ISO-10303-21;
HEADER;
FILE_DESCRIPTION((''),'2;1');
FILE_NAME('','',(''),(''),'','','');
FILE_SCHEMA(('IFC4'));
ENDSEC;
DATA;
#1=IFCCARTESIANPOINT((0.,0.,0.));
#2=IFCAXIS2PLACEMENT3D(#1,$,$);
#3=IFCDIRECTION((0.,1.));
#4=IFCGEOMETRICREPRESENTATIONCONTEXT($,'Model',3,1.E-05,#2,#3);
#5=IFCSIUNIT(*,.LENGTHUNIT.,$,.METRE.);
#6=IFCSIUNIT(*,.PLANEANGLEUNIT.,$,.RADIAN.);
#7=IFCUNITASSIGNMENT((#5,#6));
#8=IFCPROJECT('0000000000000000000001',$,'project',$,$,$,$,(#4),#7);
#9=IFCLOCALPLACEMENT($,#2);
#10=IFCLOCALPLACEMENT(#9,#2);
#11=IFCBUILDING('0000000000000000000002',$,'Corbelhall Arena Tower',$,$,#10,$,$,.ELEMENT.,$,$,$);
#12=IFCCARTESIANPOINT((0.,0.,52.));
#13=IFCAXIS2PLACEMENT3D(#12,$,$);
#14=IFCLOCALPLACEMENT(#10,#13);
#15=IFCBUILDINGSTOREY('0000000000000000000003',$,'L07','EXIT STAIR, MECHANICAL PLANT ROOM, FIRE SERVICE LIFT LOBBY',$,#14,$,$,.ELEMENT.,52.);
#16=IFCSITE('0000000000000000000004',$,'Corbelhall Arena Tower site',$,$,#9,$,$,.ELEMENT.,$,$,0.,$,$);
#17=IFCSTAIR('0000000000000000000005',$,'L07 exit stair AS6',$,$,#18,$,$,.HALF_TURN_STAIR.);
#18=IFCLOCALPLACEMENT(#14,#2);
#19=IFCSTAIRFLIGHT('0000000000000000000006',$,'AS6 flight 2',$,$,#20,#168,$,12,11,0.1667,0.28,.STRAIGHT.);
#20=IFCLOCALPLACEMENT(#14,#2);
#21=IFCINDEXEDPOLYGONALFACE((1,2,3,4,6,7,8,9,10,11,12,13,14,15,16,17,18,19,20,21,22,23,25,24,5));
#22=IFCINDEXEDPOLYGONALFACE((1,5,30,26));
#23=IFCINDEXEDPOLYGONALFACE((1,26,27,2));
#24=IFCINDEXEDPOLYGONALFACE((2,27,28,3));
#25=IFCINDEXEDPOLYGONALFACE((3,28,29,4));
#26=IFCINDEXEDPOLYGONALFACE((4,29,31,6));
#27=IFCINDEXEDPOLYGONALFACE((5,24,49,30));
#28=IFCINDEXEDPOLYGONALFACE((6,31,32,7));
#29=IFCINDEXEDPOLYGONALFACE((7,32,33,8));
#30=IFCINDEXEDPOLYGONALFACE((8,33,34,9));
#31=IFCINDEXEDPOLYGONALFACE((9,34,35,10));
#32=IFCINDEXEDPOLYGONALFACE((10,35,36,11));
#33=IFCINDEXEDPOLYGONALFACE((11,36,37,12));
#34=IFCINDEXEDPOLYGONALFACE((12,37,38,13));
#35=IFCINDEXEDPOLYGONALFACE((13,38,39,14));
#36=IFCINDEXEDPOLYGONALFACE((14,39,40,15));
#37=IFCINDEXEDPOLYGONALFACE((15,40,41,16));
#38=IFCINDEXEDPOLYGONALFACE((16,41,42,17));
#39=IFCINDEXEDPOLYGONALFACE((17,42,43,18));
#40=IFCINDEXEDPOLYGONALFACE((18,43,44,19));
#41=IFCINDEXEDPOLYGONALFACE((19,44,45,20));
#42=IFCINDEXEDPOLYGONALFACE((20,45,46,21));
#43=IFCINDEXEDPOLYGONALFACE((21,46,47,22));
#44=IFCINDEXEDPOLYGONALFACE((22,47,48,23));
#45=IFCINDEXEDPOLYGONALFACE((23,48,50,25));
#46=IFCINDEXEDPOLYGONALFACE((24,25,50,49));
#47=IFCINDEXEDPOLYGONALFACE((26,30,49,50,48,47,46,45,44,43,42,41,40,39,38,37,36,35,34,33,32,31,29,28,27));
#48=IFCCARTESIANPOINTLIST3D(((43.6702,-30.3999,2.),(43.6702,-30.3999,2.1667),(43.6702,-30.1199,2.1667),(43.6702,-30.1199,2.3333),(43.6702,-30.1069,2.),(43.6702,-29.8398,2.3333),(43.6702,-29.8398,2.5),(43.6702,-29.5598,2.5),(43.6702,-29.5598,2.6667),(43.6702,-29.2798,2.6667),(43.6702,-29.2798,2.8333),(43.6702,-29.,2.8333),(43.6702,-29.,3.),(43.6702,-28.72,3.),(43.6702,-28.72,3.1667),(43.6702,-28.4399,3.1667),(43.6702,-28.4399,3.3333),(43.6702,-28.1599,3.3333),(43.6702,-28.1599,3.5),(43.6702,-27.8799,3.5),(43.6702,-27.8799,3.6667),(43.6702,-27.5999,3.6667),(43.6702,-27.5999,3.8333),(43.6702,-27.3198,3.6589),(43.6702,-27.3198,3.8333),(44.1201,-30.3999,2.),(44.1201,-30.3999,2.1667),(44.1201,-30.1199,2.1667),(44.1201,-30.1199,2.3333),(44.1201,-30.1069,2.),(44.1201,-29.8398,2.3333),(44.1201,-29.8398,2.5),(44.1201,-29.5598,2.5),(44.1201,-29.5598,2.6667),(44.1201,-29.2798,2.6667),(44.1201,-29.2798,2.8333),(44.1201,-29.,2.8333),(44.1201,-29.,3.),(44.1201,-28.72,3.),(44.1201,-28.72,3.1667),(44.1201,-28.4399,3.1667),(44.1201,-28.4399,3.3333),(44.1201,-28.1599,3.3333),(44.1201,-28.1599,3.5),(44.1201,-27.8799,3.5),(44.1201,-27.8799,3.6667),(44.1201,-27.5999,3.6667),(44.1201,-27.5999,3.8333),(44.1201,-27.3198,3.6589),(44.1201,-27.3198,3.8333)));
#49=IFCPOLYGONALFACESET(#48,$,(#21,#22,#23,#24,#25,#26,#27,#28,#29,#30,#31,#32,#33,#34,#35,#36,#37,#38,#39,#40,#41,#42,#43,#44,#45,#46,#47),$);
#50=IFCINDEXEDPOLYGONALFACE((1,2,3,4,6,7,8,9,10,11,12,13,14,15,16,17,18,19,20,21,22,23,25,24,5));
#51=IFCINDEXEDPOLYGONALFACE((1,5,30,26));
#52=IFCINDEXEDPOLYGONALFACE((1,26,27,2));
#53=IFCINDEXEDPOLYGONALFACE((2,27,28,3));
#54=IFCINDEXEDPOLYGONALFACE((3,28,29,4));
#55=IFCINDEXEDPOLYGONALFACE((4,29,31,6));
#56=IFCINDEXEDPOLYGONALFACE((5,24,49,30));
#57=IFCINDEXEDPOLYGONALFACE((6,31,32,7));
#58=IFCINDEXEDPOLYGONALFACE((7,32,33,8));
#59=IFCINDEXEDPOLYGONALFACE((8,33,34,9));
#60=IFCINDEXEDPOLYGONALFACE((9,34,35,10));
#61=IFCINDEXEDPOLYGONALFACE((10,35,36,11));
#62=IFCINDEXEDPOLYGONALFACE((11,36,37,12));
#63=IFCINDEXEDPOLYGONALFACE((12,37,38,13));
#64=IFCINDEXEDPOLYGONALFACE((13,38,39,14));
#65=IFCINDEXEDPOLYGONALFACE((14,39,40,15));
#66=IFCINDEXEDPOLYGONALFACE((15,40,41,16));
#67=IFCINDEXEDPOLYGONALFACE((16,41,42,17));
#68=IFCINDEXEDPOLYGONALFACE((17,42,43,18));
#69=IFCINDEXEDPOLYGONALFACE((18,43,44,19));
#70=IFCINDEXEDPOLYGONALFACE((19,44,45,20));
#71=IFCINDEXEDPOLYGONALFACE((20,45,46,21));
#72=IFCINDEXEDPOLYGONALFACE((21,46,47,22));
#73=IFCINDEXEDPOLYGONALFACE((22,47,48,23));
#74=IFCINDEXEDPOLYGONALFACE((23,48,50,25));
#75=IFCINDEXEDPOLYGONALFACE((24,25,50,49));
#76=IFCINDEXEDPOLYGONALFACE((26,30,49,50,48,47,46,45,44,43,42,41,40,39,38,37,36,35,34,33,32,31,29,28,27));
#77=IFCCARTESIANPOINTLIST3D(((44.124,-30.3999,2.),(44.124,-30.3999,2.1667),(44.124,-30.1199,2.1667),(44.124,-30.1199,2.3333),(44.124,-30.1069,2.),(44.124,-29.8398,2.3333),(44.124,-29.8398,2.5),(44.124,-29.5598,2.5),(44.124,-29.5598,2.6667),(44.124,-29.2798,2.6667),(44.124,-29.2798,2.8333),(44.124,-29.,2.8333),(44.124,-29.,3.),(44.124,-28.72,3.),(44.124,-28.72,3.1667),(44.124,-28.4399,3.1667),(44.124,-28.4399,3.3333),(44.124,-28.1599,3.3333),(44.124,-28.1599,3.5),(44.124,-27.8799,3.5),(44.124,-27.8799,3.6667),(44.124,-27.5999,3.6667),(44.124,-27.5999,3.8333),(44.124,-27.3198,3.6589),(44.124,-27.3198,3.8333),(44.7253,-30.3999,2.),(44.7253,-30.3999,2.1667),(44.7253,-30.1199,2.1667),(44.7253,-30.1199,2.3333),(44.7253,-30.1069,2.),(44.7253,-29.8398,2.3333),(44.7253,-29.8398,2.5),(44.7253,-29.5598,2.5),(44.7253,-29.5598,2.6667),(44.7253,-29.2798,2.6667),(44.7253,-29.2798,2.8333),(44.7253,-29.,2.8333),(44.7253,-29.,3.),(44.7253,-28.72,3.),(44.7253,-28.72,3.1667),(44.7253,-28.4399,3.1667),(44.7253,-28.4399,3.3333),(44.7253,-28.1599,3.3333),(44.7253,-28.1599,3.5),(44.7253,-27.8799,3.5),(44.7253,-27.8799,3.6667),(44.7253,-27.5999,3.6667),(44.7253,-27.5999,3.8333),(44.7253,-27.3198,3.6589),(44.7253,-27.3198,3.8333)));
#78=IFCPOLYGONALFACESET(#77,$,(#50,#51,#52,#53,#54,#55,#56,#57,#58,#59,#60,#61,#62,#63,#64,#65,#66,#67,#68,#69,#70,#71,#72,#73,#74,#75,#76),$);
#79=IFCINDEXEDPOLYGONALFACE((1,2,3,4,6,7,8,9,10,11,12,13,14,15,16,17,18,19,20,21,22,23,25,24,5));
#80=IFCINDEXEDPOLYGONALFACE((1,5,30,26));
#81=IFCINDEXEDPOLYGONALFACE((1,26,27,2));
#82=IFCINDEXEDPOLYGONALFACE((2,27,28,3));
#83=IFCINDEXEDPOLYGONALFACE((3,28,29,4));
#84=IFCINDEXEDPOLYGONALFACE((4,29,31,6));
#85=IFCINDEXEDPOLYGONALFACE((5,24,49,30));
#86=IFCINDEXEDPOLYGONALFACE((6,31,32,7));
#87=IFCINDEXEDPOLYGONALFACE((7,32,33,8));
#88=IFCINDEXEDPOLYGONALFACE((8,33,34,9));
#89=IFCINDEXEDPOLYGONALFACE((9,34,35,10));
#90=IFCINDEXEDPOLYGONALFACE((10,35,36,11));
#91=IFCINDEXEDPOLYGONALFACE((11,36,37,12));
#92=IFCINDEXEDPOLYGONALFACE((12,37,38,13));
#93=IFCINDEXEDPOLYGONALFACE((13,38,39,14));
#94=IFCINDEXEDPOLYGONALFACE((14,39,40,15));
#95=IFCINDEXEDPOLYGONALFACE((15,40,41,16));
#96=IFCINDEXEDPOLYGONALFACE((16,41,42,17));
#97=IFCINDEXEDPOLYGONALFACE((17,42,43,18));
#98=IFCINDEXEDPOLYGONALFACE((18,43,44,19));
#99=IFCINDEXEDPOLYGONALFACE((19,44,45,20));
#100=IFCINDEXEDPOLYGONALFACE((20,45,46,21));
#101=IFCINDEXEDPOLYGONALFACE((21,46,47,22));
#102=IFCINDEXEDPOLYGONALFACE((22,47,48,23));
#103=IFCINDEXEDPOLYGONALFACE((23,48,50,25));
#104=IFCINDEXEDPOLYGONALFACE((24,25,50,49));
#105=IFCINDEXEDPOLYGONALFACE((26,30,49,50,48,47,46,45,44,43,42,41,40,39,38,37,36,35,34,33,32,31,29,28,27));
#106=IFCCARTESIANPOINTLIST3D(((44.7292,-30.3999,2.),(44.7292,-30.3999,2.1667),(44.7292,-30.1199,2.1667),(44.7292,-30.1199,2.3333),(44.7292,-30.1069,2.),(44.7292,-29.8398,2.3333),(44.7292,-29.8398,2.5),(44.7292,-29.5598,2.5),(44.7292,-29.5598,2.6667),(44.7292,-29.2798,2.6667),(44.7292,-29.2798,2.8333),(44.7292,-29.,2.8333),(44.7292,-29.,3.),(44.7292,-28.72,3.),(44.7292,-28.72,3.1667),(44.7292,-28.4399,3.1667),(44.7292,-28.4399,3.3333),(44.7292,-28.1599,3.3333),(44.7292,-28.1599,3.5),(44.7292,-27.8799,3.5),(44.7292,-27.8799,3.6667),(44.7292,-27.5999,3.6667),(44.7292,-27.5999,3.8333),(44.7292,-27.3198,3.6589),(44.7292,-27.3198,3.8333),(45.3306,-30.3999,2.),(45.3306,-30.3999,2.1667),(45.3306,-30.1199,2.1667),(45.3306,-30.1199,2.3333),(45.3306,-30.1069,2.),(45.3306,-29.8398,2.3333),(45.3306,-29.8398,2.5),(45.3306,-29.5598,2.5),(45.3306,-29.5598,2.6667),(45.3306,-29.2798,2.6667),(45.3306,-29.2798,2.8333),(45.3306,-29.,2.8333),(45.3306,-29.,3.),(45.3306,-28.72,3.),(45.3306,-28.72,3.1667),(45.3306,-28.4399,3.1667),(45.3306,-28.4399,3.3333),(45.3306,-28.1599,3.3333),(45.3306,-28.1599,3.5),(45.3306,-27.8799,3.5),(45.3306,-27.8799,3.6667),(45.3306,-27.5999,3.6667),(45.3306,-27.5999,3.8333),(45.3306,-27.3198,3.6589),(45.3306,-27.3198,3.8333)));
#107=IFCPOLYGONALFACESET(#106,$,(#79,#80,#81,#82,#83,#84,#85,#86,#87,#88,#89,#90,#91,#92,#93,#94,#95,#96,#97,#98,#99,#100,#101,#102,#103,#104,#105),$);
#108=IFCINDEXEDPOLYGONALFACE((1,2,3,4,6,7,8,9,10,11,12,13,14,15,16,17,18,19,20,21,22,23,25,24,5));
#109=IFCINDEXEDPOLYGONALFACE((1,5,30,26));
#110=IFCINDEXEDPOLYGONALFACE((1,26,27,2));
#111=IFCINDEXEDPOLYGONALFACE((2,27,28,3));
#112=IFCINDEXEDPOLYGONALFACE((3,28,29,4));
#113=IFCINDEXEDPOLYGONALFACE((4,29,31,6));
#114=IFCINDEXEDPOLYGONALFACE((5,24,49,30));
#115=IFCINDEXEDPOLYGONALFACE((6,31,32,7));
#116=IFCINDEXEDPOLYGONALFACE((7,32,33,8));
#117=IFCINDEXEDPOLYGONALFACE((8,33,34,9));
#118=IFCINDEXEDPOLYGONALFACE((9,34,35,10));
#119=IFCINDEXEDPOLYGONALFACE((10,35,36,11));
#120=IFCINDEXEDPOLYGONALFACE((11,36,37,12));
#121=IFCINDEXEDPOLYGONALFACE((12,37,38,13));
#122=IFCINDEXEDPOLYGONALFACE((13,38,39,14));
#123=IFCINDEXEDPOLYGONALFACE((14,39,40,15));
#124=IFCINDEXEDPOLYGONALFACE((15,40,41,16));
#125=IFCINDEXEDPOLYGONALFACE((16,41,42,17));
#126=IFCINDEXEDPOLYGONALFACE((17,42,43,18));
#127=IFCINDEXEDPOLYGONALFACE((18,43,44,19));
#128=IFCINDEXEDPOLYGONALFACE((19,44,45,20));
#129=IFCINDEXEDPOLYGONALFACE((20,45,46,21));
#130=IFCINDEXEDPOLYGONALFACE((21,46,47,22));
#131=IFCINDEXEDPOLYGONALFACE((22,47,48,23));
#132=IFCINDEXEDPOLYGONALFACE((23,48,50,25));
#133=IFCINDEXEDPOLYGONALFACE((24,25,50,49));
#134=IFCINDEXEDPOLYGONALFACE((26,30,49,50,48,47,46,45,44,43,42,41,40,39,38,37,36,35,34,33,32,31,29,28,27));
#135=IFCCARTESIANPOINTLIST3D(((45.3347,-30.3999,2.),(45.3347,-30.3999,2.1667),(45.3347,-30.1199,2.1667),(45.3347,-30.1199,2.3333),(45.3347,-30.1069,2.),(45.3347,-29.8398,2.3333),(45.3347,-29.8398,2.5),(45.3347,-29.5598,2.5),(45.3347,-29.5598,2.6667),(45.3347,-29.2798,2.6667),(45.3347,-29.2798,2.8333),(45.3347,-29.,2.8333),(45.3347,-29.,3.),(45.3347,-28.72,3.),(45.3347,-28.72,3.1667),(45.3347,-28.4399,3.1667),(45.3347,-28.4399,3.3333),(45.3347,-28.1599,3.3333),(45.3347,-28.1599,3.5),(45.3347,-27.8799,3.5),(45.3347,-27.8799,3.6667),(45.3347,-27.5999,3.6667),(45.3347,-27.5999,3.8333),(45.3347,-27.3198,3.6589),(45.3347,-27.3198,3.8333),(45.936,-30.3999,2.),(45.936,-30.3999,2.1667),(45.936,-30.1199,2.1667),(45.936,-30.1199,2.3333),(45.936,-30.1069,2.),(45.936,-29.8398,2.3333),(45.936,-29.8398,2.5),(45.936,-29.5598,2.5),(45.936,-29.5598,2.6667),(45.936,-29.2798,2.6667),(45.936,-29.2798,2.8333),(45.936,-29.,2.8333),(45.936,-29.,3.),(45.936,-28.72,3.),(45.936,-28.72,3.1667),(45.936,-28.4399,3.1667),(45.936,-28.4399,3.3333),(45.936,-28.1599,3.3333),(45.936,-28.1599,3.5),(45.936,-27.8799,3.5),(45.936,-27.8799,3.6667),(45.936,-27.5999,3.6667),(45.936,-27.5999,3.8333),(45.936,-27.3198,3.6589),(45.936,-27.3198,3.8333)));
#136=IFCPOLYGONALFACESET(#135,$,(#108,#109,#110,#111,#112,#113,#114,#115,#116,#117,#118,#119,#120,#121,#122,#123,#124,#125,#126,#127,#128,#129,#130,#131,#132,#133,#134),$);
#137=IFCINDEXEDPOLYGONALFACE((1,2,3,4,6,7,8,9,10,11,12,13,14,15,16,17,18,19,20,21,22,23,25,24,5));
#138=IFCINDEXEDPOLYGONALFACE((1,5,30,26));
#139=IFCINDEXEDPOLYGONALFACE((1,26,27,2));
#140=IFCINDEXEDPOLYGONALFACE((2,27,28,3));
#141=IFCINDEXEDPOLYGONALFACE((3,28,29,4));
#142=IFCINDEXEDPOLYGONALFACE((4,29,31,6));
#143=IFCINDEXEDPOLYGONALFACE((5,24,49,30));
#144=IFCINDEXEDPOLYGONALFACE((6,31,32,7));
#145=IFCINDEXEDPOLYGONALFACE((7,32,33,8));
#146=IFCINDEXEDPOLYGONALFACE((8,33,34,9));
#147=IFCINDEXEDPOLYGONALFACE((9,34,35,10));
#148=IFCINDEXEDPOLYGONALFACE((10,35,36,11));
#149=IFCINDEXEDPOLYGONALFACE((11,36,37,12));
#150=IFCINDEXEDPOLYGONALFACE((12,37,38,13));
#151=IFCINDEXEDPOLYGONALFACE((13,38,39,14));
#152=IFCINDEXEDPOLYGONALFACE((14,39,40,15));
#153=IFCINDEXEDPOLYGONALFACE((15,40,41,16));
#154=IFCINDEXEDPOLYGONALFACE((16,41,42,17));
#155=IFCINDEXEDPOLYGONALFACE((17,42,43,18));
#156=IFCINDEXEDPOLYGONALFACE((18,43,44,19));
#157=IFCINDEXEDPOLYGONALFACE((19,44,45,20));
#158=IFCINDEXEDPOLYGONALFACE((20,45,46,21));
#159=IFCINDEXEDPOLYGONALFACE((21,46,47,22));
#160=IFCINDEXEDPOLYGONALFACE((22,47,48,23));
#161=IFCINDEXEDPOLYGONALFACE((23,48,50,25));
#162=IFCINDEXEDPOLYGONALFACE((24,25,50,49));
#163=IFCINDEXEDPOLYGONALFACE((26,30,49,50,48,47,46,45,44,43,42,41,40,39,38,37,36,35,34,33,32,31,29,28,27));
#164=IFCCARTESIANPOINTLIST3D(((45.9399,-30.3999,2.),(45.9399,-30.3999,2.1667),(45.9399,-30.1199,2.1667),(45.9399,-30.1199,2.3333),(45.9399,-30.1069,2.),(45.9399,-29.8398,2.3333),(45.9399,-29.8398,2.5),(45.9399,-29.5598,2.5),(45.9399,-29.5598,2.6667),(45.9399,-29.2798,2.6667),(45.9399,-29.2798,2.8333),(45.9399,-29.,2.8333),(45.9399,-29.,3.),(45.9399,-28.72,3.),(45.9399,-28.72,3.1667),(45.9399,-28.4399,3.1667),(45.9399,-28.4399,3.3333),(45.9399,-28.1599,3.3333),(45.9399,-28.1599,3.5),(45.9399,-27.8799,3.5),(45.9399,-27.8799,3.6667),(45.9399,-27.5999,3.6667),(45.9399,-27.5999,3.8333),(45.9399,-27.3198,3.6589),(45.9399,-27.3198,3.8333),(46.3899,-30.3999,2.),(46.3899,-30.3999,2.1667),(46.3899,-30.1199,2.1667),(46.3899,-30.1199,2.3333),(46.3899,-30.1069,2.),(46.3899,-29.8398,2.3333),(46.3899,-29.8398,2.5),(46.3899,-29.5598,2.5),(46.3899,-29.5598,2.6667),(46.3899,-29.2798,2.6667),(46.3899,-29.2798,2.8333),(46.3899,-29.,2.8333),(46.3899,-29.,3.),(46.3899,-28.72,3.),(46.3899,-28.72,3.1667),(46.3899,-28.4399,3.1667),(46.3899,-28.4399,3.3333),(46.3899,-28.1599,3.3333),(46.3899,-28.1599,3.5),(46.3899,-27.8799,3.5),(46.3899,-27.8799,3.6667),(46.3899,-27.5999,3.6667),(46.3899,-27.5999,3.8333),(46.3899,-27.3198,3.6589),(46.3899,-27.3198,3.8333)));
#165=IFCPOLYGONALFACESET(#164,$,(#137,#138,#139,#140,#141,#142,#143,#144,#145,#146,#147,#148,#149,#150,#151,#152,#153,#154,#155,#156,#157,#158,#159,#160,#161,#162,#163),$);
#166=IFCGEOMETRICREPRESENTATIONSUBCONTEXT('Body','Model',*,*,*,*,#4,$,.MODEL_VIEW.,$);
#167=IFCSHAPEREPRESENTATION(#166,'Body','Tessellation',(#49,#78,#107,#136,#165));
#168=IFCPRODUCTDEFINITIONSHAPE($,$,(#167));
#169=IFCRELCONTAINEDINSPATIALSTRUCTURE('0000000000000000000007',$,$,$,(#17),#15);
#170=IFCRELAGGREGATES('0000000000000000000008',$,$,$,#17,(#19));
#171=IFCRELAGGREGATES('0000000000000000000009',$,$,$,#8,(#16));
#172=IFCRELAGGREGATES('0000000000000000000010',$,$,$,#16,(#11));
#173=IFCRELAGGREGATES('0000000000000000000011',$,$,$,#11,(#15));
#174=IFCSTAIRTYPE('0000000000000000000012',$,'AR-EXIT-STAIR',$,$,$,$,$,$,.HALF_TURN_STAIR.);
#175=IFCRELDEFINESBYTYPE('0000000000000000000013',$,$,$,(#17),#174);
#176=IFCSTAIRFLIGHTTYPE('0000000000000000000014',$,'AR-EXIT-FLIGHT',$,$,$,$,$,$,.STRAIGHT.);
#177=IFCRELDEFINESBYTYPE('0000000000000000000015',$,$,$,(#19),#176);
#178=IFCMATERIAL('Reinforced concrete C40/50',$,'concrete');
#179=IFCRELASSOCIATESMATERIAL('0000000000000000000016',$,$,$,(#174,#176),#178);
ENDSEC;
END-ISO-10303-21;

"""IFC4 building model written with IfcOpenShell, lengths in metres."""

from ifc_helpers import new_model, si_unit, direction, frame, origin, place, context, subcontext, project, spatial, polyline, outline, extrude, material, type_object, element, aggregate, save


model = new_model("IFC4")

# Units and contexts
model_context = context("Model", 3, precision=1e-05, world=origin(), true_north=direction((0.0, 1.0)))
body_context = subcontext(model_context, "Body", "Model", "MODEL_VIEW")
ifc_project = project(units=[si_unit("LENGTHUNIT", "METRE"), si_unit("PLANEANGLEUNIT", "RADIAN")], contexts=[model_context])

# Site, building, storey
site_placement = place(None, origin())
site = spatial("IfcSite", under=ifc_project, at=site_placement, Name="Corbelhall Arena Tower site", CompositionType="ELEMENT", RefElevation=0.0)
building_placement = place(site_placement, origin())
building = spatial("IfcBuilding", under=site, at=building_placement, Name="Corbelhall Arena Tower", CompositionType="ELEMENT")
storey_placement = place(building_placement, frame((0.0, 0.0, 52.0)))
storey = spatial("IfcBuildingStorey", under=building, at=storey_placement, Name="L07", Description="EXIT STAIR, MECHANICAL PLANT ROOM, FIRE SERVICE LIFT LOBBY", CompositionType="ELEMENT", Elevation=52.0)

# Shared definitions
ifc_material_1 = material(Name="Reinforced concrete C40/50", Category="concrete")

# Stair, stair flight
stair_type = type_object("IfcStairType", Name="AR-EXIT-STAIR", PredefinedType="HALF_TURN_STAIR", material=ifc_material_1)
stair_flight_type = type_object("IfcStairFlightType", Name="AR-EXIT-FLIGHT", PredefinedType="STRAIGHT", material=ifc_material_1)
stair_1_placement = place(storey_placement, origin())
stair_1 = element("IfcStair", 1, at=stair_1_placement, inside=storey, type_object=stair_type, Name="L07 exit stair AS6", PredefinedType="HALF_TURN_STAIR")
stair_flight_1_placement = place(storey_placement, frame((45.03, -30.3999, 2.0), z_axis=(0.0, 0.0, 1.0), x_axis=(0.0, 1.0, 0.0)))
stair_flight_1 = element("IfcStairFlight", 2, at=stair_flight_1_placement, type_object=stair_flight_type, Name="AS6 flight 2", NumberOfRisers=12, NumberOfTreads=11, PredefinedType="STRAIGHT", RiserHeight=0.1667, TreadLength=0.28, context=body_context, shape_type="SweptSolid", body=[
    extrude(outline(polyline([(0.0, 0.0), (0.0, 0.1667), (0.28, 0.1667), (0.28, 0.3333), (0.5601, 0.3333), (0.5601, 0.5), (0.8401, 0.5), (0.8401, 0.6667), (1.1201, 0.6667), (1.1201, 0.8333), (1.3999, 0.8333), (1.3999, 1.0), (1.6799, 1.0), (1.6799, 1.1667), (1.96, 1.1667), (1.96, 1.3333), (2.24, 1.3333), (2.24, 1.5), (2.52, 1.5), (2.52, 1.6667), (2.8, 1.6667), (2.8, 1.8333), (3.0801, 1.8333), (3.0801, 2.0), (3.0801, 1.6589), (0.293, 0.0), (0.0, 0.0)])), frame((0.0, 1.3599, 0.0), z_axis=(0.0, -1.0, 0.0), x_axis=(1.0, 0.0, 0.0)), (0.0, 0.0, 1.0), 0.45),
    extrude(outline(polyline([(0.0, 0.0), (0.0, 0.1667), (0.28, 0.1667), (0.28, 0.3333), (0.5601, 0.3333), (0.5601, 0.5), (0.8401, 0.5), (0.8401, 0.6667), (1.1201, 0.6667), (1.1201, 0.8333), (1.3999, 0.8333), (1.3999, 1.0), (1.6799, 1.0), (1.6799, 1.1667), (1.96, 1.1667), (1.96, 1.3333), (2.24, 1.3333), (2.24, 1.5), (2.52, 1.5), (2.52, 1.6667), (2.8, 1.6667), (2.8, 1.8333), (3.0801, 1.8333), (3.0801, 2.0), (3.0801, 1.6589), (0.293, 0.0), (0.0, 0.0)])), frame((0.0, 0.906, 0.0), z_axis=(0.0, -1.0, 0.0), x_axis=(1.0, 0.0, 0.0)), (0.0, 0.0, 1.0), 0.6013),
    extrude(outline(polyline([(0.0, 0.0), (0.0, 0.1667), (0.28, 0.1667), (0.28, 0.3333), (0.5601, 0.3333), (0.5601, 0.5), (0.8401, 0.5), (0.8401, 0.6667), (1.1201, 0.6667), (1.1201, 0.8333), (1.3999, 0.8333), (1.3999, 1.0), (1.6799, 1.0), (1.6799, 1.1667), (1.96, 1.1667), (1.96, 1.3333), (2.24, 1.3333), (2.24, 1.5), (2.52, 1.5), (2.52, 1.6667), (2.8, 1.6667), (2.8, 1.8333), (3.0801, 1.8333), (3.0801, 2.0), (3.0801, 1.6589), (0.293, 0.0), (0.0, 0.0)])), frame((0.0, 0.3008, 0.0), z_axis=(0.0, -1.0, 0.0), x_axis=(1.0, 0.0, 0.0)), (0.0, 0.0, 1.0), 0.6013),
    extrude(outline(polyline([(0.0, 0.0), (0.0, 0.1667), (0.28, 0.1667), (0.28, 0.3333), (0.5601, 0.3333), (0.5601, 0.5), (0.8401, 0.5), (0.8401, 0.6667), (1.1201, 0.6667), (1.1201, 0.8333), (1.3999, 0.8333), (1.3999, 1.0), (1.6799, 1.0), (1.6799, 1.1667), (1.96, 1.1667), (1.96, 1.3333), (2.24, 1.3333), (2.24, 1.5), (2.52, 1.5), (2.52, 1.6667), (2.8, 1.6667), (2.8, 1.8333), (3.0801, 1.8333), (3.0801, 2.0), (3.0801, 1.6589), (0.293, 0.0), (0.0, 0.0)])), frame((0.0, -0.3047, 0.0), z_axis=(0.0, -1.0, 0.0), x_axis=(1.0, 0.0, 0.0)), (0.0, 0.0, 1.0), 0.6013),
    extrude(outline(polyline([(0.0, 0.0), (0.0, 0.1667), (0.28, 0.1667), (0.28, 0.3333), (0.5601, 0.3333), (0.5601, 0.5), (0.8401, 0.5), (0.8401, 0.6667), (1.1201, 0.6667), (1.1201, 0.8333), (1.3999, 0.8333), (1.3999, 1.0), (1.6799, 1.0), (1.6799, 1.1667), (1.96, 1.1667), (1.96, 1.3333), (2.24, 1.3333), (2.24, 1.5), (2.52, 1.5), (2.52, 1.6667), (2.8, 1.6667), (2.8, 1.8333), (3.0801, 1.8333), (3.0801, 2.0), (3.0801, 1.6589), (0.293, 0.0), (0.0, 0.0)])), frame((0.0, -0.9099, 0.0), z_axis=(0.0, -1.0, 0.0), x_axis=(1.0, 0.0, 0.0)), (0.0, 0.0, 1.0), 0.45),
])
aggregate(stair_1, [stair_flight_1])

save(model, "model.ifc")
